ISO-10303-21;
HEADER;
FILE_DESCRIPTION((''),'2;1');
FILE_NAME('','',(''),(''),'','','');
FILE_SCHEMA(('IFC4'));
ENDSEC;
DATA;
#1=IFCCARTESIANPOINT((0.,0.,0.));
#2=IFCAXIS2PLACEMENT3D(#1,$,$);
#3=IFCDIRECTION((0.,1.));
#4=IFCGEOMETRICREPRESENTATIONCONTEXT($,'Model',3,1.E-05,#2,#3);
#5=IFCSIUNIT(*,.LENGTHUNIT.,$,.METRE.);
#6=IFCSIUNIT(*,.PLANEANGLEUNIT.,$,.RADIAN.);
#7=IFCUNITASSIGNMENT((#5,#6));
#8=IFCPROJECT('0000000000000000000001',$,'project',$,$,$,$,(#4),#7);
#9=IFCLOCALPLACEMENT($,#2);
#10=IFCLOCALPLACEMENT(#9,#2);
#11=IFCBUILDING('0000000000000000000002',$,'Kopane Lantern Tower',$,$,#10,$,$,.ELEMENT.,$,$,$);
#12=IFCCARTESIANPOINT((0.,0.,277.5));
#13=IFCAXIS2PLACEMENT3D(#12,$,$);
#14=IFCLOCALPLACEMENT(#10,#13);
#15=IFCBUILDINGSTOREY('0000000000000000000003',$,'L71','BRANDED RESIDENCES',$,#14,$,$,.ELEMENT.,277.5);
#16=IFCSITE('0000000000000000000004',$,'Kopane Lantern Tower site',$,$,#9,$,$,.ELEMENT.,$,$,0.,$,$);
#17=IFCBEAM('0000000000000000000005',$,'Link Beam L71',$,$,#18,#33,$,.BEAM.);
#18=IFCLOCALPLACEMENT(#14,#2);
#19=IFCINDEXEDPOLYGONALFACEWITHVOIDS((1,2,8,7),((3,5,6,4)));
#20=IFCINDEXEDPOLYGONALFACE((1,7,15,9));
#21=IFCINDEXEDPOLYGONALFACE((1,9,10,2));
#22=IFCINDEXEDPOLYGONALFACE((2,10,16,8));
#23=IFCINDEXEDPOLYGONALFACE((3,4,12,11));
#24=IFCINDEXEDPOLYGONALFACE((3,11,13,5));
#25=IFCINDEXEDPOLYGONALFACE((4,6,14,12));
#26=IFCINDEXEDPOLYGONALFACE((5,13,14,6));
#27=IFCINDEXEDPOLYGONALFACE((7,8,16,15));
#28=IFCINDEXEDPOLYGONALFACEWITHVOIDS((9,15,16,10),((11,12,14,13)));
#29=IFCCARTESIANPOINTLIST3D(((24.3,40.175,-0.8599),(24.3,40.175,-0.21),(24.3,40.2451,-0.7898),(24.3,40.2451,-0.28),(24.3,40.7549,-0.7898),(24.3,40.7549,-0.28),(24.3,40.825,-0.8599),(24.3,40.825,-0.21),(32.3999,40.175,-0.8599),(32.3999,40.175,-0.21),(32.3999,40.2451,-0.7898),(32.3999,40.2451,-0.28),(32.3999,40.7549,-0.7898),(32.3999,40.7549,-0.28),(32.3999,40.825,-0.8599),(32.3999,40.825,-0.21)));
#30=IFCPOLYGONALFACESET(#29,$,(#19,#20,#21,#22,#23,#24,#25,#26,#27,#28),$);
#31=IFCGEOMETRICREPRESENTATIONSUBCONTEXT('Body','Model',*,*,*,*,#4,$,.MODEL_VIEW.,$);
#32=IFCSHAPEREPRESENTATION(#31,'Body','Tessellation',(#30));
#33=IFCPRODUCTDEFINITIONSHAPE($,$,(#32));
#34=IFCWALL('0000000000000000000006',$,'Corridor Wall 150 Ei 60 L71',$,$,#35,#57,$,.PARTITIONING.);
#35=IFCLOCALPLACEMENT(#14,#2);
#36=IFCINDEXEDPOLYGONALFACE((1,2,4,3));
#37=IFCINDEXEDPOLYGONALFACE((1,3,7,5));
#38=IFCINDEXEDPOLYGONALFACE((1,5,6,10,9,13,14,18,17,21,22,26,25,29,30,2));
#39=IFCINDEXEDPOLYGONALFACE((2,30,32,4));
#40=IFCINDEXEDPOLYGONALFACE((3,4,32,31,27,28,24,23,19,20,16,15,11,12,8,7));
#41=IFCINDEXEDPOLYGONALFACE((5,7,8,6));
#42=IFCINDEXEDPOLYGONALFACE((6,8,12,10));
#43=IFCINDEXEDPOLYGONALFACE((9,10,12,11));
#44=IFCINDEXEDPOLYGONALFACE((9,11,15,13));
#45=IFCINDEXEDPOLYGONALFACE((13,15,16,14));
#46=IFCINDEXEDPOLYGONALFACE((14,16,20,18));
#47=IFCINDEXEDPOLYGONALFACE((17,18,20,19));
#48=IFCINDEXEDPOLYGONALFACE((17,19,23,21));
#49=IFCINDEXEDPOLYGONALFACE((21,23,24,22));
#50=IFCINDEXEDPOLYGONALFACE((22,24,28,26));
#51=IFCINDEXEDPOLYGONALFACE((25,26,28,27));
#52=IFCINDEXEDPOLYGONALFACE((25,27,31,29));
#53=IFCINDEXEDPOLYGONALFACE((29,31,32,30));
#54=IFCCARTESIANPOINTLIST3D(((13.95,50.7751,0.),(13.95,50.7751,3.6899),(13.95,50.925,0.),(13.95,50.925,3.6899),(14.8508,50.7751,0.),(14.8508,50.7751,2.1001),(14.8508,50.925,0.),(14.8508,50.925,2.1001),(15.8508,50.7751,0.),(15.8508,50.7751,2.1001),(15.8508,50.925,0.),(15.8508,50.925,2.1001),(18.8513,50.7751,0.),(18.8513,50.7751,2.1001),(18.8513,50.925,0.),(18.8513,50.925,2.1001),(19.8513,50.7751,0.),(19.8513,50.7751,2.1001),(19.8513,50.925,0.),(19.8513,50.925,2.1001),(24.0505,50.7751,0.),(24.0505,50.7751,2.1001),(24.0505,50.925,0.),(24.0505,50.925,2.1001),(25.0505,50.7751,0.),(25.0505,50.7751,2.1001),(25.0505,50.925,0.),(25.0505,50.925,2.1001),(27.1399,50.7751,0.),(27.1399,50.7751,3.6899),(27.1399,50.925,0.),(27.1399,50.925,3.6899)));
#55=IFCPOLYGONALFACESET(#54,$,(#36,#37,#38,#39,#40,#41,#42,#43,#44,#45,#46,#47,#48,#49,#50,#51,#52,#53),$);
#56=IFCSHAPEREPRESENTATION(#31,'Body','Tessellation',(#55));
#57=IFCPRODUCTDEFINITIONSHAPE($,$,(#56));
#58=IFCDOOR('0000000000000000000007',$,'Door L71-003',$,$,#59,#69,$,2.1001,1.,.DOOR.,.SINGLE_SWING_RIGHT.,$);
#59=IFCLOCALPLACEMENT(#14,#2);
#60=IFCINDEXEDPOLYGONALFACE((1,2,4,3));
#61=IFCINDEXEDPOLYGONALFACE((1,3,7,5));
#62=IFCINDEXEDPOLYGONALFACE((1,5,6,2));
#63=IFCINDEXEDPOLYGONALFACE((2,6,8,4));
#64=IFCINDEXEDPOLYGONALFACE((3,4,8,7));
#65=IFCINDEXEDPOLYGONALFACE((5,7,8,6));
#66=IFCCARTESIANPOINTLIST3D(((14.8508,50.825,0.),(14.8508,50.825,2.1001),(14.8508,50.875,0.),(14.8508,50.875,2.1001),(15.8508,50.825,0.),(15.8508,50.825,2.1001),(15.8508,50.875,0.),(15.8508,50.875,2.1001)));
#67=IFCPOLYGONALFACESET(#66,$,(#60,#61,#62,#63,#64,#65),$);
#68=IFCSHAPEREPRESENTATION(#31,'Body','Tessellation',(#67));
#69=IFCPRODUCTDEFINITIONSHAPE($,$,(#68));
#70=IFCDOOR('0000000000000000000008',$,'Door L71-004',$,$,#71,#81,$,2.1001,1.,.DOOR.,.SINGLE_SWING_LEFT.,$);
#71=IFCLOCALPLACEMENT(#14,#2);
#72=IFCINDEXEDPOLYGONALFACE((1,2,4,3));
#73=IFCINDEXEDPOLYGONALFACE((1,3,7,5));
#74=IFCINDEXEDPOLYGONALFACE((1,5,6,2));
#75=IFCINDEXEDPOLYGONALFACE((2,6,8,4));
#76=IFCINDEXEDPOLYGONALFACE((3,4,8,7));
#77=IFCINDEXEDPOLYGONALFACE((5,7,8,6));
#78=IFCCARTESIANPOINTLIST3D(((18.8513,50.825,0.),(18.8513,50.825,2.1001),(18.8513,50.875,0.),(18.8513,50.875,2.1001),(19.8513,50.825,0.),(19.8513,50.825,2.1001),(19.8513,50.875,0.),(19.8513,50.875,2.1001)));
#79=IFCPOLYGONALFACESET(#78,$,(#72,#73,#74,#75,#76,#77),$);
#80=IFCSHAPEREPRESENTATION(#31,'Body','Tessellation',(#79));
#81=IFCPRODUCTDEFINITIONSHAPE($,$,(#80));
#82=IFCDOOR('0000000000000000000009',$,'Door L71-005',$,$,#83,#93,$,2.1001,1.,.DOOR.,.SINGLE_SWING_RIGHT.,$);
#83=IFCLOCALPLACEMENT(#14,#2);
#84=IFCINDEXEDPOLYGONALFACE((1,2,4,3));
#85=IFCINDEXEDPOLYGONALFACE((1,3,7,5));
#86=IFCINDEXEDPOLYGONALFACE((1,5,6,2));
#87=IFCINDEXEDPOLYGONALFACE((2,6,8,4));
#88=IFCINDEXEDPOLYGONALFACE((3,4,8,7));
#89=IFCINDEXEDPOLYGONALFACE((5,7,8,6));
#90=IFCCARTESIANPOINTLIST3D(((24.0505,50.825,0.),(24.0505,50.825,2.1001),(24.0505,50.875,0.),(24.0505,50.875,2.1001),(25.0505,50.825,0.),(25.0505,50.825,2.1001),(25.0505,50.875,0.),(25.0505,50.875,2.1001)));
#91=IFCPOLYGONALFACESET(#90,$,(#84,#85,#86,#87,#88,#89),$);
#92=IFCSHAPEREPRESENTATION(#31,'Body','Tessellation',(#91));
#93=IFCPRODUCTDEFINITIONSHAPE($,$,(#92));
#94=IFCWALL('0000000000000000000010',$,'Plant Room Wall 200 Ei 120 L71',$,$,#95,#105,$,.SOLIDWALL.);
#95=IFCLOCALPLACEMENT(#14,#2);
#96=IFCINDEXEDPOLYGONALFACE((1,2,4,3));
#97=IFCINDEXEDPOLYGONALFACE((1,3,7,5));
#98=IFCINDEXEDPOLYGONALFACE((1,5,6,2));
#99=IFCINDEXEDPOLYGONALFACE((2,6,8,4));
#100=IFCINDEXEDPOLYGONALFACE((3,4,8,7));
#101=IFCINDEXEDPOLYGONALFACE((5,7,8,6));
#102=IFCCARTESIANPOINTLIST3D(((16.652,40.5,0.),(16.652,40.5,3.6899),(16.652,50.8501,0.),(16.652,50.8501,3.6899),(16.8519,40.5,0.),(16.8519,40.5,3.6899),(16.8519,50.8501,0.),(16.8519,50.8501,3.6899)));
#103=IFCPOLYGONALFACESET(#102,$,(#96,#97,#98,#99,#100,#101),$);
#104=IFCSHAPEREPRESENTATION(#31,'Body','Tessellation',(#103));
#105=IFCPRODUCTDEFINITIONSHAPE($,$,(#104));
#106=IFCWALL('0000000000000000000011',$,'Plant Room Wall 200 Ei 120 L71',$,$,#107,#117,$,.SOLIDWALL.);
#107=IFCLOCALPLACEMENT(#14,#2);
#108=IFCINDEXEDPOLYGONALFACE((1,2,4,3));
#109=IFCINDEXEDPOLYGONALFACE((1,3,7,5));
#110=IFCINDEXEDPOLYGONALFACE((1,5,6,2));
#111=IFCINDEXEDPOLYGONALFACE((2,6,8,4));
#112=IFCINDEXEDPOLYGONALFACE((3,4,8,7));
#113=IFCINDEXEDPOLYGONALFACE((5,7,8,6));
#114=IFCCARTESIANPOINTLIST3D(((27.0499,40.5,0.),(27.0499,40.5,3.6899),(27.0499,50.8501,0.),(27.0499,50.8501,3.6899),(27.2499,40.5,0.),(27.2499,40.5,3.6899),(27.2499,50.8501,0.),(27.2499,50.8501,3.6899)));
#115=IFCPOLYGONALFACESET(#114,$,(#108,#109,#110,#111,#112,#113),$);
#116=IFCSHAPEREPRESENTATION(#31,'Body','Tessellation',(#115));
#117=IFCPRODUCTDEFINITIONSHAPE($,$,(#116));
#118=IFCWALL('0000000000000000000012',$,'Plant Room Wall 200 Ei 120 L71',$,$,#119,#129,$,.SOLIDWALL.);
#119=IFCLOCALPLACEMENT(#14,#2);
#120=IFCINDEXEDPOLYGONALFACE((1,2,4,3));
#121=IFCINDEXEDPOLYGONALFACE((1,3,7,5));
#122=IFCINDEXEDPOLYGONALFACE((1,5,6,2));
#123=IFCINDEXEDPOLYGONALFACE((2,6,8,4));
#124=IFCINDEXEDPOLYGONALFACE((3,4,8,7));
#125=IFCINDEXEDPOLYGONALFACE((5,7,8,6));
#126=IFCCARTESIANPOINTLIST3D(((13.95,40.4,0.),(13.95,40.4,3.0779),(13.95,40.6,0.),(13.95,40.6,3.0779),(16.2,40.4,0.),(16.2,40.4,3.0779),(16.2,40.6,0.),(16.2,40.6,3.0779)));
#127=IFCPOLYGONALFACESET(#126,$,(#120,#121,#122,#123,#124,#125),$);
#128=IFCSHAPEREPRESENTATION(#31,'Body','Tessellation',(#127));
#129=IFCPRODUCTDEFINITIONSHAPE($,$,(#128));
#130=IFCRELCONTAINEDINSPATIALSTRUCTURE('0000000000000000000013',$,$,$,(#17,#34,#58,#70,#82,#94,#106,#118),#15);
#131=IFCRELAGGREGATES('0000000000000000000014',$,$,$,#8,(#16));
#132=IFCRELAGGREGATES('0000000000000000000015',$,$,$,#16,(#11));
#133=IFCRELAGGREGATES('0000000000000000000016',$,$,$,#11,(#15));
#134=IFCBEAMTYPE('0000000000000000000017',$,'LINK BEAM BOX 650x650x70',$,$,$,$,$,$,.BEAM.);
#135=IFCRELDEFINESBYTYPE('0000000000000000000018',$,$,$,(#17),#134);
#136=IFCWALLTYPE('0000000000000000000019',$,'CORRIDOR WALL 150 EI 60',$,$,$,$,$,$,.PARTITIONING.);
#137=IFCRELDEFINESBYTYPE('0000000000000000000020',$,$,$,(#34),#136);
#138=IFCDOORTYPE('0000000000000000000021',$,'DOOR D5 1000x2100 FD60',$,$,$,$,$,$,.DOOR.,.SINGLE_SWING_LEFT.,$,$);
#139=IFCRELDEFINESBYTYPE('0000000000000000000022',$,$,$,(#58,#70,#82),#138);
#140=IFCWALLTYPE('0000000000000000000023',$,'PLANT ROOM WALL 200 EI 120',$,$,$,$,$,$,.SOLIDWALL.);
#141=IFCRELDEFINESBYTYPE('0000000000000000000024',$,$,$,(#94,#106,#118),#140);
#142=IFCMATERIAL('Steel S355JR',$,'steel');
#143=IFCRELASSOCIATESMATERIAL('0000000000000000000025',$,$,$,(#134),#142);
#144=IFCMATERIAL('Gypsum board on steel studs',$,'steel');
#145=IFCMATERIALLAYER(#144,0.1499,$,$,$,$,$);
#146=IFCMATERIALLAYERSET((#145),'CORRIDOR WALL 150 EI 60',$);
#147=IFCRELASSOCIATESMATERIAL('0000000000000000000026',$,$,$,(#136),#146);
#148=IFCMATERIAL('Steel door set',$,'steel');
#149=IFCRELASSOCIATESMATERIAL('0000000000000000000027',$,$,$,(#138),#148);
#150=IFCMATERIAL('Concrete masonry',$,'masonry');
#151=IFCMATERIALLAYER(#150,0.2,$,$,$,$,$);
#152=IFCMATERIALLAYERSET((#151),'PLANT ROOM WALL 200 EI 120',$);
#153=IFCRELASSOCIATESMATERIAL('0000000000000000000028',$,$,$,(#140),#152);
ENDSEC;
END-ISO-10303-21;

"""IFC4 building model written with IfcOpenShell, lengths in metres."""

from ifc_helpers import new_model, si_unit, direction, frame, frame_2d, origin, origin_2d, place, context, subcontext, project, spatial, rectangle, hollow_rectangle, extrude, material, layer, layer_set, material_profile, profile_set, type_object, element, fill, save


model = new_model("IFC4")

# Units and contexts
model_context = context("Model", 3, precision=1e-05, world=origin(), true_north=direction((0.0, 1.0)))
body_context = subcontext(model_context, "Body", "Model", "MODEL_VIEW")
ifc_project = project(units=[si_unit("LENGTHUNIT", "METRE"), si_unit("PLANEANGLEUNIT", "RADIAN")], contexts=[model_context])

# Site, building, storey
site_placement = place(None, origin())
site = spatial("IfcSite", under=ifc_project, at=site_placement, Name="Kopane Lantern Tower site", CompositionType="ELEMENT", RefElevation=0.0)
building_placement = place(site_placement, origin())
building = spatial("IfcBuilding", under=site, at=building_placement, Name="Kopane Lantern Tower", CompositionType="ELEMENT")
storey_placement = place(building_placement, frame((0.0, 0.0, 277.5)))
storey = spatial("IfcBuildingStorey", under=building, at=storey_placement, Name="L71", Description="BRANDED RESIDENCES", CompositionType="ELEMENT", Elevation=277.5)

# Beam
ifc_material_1 = material(Name="Steel S355JR", Category="steel")
ifc_material_profile_1 = material_profile(ifc_material_1, hollow_rectangle(XDim=0.6499, YDim=0.6499, WallThickness=0.0701, at=origin_2d()), Name="BOX 650x650x70")
ifc_profile_set_1 = profile_set([ifc_material_profile_1], Name="Steel S355JR")
beam_type_1 = type_object("IfcBeamType", Name="LINK BEAM BOX 650x650x70", PredefinedType="BEAM", material=ifc_profile_set_1)
beam_1_placement = place(storey_placement, frame((24.3, 40.5, -0.5349), z_axis=(1.0, 0.0, 0.0), x_axis=(0.0, 1.0, 0.0)))
element("IfcBeam", 1, at=beam_1_placement, inside=storey, type_object=beam_type_1, Name="Link Beam L71", PredefinedType="BEAM", context=body_context, shape_type="SweptSolid", body=[
    extrude(hollow_rectangle(XDim=0.6499, YDim=0.6499, WallThickness=0.0701, at=origin_2d()), origin(), (0.0, 0.0, 1.0), 8.0999),
])

# Wall, openings, doors
ifc_material_2 = material(Name="Gypsum board on steel studs", Category="steel")
ifc_layer_1 = layer(ifc_material_2, 0.1499)
ifc_layer_set_1 = layer_set([ifc_layer_1], Name="CORRIDOR WALL 150 EI 60")
wall_type_1 = type_object("IfcWallType", Name="CORRIDOR WALL 150 EI 60", PredefinedType="PARTITIONING", material=ifc_layer_set_1)
wall_1_placement = place(storey_placement, frame((13.95, 50.8501, 0.0), z_axis=(0.0, 0.0, 1.0), x_axis=(1.0, 0.0, 0.0)))
wall_1 = element("IfcWall", 2, at=wall_1_placement, inside=storey, type_object=wall_type_1, Name="Corridor Wall 150 Ei 60 L71", PredefinedType="PARTITIONING", context=body_context, shape_type="SweptSolid", body=[
    extrude(rectangle(XDim=13.1899, YDim=0.1499, at=frame_2d((6.595, 0.0))), origin(), (0.0, 0.0, 1.0), 3.6899),
])
opening_1_placement = place(wall_1_placement, frame((0.9009, 0.0, 0.0)))
opening_1 = element("IfcOpeningElement", 3, at=opening_1_placement, cuts=wall_1, PredefinedType="OPENING", context=body_context, shape_type="SweptSolid", body=[
    extrude(rectangle(XDim=1.0, YDim=2.1001, at=frame_2d((0.5, 1.05))), frame((0.0, 0.085, 0.0), z_axis=(0.0, -1.0, 0.0), x_axis=(1.0, 0.0, 0.0)), (0.0, 0.0, 1.0), 0.1699),
])
opening_2_placement = place(wall_1_placement, frame((4.9014, 0.0, 0.0)))
opening_2 = element("IfcOpeningElement", 4, at=opening_2_placement, cuts=wall_1, PredefinedType="OPENING", context=body_context, shape_type="SweptSolid", body=[
    extrude(rectangle(XDim=1.0, YDim=2.1001, at=frame_2d((0.5, 1.05))), frame((0.0, 0.085, 0.0), z_axis=(0.0, -1.0, 0.0), x_axis=(1.0, 0.0, 0.0)), (0.0, 0.0, 1.0), 0.1699),
])
opening_3_placement = place(wall_1_placement, frame((10.1006, 0.0, 0.0)))
opening_3 = element("IfcOpeningElement", 5, at=opening_3_placement, cuts=wall_1, PredefinedType="OPENING", context=body_context, shape_type="SweptSolid", body=[
    extrude(rectangle(XDim=1.0, YDim=2.1001, at=frame_2d((0.5, 1.05))), frame((0.0, 0.085, 0.0), z_axis=(0.0, -1.0, 0.0), x_axis=(1.0, 0.0, 0.0)), (0.0, 0.0, 1.0), 0.1699),
])
ifc_material_3 = material(Name="Steel door set", Category="steel")
door_type_1 = type_object("IfcDoorType", Name="DOOR D5 1000x2100 FD60", OperationType="SINGLE_SWING_LEFT", PredefinedType="DOOR", material=ifc_material_3)
door_1_placement = place(opening_1_placement, origin())
door_1 = element("IfcDoor", 6, at=door_1_placement, inside=storey, type_object=door_type_1, Name="Door L71-003", OperationType="SINGLE_SWING_RIGHT", OverallHeight=2.1001, OverallWidth=1.0, PredefinedType="DOOR", context=body_context, shape_type="SweptSolid", body=[
    extrude(rectangle(XDim=1.0, YDim=2.1001, at=frame_2d((0.5, 1.05))), frame((0.0, 0.0249, 0.0), z_axis=(0.0, -1.0, 0.0), x_axis=(1.0, 0.0, 0.0)), (0.0, 0.0, 1.0), 0.05),
])
fill(opening_1, door_1)
door_2_placement = place(opening_2_placement, origin())
door_2 = element("IfcDoor", 7, at=door_2_placement, inside=storey, type_object=door_type_1, Name="Door L71-004", OperationType="SINGLE_SWING_LEFT", OverallHeight=2.1001, OverallWidth=1.0, PredefinedType="DOOR", context=body_context, shape_type="SweptSolid", body=[
    extrude(rectangle(XDim=1.0, YDim=2.1001, at=frame_2d((0.5, 1.05))), frame((0.0, 0.0249, 0.0), z_axis=(0.0, -1.0, 0.0), x_axis=(1.0, 0.0, 0.0)), (0.0, 0.0, 1.0), 0.05),
])
fill(opening_2, door_2)
door_3_placement = place(opening_3_placement, origin())
door_3 = element("IfcDoor", 8, at=door_3_placement, inside=storey, type_object=door_type_1, Name="Door L71-005", OperationType="SINGLE_SWING_RIGHT", OverallHeight=2.1001, OverallWidth=1.0, PredefinedType="DOOR", context=body_context, shape_type="SweptSolid", body=[
    extrude(rectangle(XDim=1.0, YDim=2.1001, at=frame_2d((0.5, 1.05))), frame((0.0, 0.0249, 0.0), z_axis=(0.0, -1.0, 0.0), x_axis=(1.0, 0.0, 0.0)), (0.0, 0.0, 1.0), 0.05),
])
fill(opening_3, door_3)

# Walls
ifc_material_4 = material(Name="Concrete masonry", Category="masonry")
ifc_layer_2 = layer(ifc_material_4, 0.2)
ifc_layer_set_2 = layer_set([ifc_layer_2], Name="PLANT ROOM WALL 200 EI 120")
wall_type_2 = type_object("IfcWallType", Name="PLANT ROOM WALL 200 EI 120", PredefinedType="SOLIDWALL", material=ifc_layer_set_2)
for number, where, z_axis, x_axis, name in (
    (9, (16.752, 50.8501, 0.0), (0.0, 0.0, 1.0), (0.0, -1.0, 0.0), "Plant Room Wall 200 Ei 120 L71"),
    (10, (27.1499, 40.5, 0.0), (0.0, 0.0, 1.0), (0.0, 1.0, 0.0), "Plant Room Wall 200 Ei 120 L71"),
):
    element("IfcWall", number, at=place(storey_placement, frame(where, z_axis=z_axis, x_axis=x_axis)), inside=storey, type_object=wall_type_2, Name=name, PredefinedType="SOLIDWALL", context=body_context, shape_type="SweptSolid", body=[
        extrude(rectangle(XDim=10.3501, YDim=0.2, at=frame_2d((5.175, 0.0))), origin(), (0.0, 0.0, 1.0), 3.6899),
    ])
wall_2_placement = place(storey_placement, frame((13.95, 40.5, 0.0), z_axis=(0.0, 0.0, 1.0), x_axis=(1.0, 0.0, 0.0)))
element("IfcWall", 11, at=wall_2_placement, inside=storey, type_object=wall_type_2, Name="Plant Room Wall 200 Ei 120 L71", PredefinedType="SOLIDWALL", context=body_context, shape_type="SweptSolid", body=[
    extrude(rectangle(XDim=2.25, YDim=0.2, at=frame_2d((1.125, 0.0))), origin(), (0.0, 0.0, 1.0), 3.0779),
])

save(model, "model.ifc")
